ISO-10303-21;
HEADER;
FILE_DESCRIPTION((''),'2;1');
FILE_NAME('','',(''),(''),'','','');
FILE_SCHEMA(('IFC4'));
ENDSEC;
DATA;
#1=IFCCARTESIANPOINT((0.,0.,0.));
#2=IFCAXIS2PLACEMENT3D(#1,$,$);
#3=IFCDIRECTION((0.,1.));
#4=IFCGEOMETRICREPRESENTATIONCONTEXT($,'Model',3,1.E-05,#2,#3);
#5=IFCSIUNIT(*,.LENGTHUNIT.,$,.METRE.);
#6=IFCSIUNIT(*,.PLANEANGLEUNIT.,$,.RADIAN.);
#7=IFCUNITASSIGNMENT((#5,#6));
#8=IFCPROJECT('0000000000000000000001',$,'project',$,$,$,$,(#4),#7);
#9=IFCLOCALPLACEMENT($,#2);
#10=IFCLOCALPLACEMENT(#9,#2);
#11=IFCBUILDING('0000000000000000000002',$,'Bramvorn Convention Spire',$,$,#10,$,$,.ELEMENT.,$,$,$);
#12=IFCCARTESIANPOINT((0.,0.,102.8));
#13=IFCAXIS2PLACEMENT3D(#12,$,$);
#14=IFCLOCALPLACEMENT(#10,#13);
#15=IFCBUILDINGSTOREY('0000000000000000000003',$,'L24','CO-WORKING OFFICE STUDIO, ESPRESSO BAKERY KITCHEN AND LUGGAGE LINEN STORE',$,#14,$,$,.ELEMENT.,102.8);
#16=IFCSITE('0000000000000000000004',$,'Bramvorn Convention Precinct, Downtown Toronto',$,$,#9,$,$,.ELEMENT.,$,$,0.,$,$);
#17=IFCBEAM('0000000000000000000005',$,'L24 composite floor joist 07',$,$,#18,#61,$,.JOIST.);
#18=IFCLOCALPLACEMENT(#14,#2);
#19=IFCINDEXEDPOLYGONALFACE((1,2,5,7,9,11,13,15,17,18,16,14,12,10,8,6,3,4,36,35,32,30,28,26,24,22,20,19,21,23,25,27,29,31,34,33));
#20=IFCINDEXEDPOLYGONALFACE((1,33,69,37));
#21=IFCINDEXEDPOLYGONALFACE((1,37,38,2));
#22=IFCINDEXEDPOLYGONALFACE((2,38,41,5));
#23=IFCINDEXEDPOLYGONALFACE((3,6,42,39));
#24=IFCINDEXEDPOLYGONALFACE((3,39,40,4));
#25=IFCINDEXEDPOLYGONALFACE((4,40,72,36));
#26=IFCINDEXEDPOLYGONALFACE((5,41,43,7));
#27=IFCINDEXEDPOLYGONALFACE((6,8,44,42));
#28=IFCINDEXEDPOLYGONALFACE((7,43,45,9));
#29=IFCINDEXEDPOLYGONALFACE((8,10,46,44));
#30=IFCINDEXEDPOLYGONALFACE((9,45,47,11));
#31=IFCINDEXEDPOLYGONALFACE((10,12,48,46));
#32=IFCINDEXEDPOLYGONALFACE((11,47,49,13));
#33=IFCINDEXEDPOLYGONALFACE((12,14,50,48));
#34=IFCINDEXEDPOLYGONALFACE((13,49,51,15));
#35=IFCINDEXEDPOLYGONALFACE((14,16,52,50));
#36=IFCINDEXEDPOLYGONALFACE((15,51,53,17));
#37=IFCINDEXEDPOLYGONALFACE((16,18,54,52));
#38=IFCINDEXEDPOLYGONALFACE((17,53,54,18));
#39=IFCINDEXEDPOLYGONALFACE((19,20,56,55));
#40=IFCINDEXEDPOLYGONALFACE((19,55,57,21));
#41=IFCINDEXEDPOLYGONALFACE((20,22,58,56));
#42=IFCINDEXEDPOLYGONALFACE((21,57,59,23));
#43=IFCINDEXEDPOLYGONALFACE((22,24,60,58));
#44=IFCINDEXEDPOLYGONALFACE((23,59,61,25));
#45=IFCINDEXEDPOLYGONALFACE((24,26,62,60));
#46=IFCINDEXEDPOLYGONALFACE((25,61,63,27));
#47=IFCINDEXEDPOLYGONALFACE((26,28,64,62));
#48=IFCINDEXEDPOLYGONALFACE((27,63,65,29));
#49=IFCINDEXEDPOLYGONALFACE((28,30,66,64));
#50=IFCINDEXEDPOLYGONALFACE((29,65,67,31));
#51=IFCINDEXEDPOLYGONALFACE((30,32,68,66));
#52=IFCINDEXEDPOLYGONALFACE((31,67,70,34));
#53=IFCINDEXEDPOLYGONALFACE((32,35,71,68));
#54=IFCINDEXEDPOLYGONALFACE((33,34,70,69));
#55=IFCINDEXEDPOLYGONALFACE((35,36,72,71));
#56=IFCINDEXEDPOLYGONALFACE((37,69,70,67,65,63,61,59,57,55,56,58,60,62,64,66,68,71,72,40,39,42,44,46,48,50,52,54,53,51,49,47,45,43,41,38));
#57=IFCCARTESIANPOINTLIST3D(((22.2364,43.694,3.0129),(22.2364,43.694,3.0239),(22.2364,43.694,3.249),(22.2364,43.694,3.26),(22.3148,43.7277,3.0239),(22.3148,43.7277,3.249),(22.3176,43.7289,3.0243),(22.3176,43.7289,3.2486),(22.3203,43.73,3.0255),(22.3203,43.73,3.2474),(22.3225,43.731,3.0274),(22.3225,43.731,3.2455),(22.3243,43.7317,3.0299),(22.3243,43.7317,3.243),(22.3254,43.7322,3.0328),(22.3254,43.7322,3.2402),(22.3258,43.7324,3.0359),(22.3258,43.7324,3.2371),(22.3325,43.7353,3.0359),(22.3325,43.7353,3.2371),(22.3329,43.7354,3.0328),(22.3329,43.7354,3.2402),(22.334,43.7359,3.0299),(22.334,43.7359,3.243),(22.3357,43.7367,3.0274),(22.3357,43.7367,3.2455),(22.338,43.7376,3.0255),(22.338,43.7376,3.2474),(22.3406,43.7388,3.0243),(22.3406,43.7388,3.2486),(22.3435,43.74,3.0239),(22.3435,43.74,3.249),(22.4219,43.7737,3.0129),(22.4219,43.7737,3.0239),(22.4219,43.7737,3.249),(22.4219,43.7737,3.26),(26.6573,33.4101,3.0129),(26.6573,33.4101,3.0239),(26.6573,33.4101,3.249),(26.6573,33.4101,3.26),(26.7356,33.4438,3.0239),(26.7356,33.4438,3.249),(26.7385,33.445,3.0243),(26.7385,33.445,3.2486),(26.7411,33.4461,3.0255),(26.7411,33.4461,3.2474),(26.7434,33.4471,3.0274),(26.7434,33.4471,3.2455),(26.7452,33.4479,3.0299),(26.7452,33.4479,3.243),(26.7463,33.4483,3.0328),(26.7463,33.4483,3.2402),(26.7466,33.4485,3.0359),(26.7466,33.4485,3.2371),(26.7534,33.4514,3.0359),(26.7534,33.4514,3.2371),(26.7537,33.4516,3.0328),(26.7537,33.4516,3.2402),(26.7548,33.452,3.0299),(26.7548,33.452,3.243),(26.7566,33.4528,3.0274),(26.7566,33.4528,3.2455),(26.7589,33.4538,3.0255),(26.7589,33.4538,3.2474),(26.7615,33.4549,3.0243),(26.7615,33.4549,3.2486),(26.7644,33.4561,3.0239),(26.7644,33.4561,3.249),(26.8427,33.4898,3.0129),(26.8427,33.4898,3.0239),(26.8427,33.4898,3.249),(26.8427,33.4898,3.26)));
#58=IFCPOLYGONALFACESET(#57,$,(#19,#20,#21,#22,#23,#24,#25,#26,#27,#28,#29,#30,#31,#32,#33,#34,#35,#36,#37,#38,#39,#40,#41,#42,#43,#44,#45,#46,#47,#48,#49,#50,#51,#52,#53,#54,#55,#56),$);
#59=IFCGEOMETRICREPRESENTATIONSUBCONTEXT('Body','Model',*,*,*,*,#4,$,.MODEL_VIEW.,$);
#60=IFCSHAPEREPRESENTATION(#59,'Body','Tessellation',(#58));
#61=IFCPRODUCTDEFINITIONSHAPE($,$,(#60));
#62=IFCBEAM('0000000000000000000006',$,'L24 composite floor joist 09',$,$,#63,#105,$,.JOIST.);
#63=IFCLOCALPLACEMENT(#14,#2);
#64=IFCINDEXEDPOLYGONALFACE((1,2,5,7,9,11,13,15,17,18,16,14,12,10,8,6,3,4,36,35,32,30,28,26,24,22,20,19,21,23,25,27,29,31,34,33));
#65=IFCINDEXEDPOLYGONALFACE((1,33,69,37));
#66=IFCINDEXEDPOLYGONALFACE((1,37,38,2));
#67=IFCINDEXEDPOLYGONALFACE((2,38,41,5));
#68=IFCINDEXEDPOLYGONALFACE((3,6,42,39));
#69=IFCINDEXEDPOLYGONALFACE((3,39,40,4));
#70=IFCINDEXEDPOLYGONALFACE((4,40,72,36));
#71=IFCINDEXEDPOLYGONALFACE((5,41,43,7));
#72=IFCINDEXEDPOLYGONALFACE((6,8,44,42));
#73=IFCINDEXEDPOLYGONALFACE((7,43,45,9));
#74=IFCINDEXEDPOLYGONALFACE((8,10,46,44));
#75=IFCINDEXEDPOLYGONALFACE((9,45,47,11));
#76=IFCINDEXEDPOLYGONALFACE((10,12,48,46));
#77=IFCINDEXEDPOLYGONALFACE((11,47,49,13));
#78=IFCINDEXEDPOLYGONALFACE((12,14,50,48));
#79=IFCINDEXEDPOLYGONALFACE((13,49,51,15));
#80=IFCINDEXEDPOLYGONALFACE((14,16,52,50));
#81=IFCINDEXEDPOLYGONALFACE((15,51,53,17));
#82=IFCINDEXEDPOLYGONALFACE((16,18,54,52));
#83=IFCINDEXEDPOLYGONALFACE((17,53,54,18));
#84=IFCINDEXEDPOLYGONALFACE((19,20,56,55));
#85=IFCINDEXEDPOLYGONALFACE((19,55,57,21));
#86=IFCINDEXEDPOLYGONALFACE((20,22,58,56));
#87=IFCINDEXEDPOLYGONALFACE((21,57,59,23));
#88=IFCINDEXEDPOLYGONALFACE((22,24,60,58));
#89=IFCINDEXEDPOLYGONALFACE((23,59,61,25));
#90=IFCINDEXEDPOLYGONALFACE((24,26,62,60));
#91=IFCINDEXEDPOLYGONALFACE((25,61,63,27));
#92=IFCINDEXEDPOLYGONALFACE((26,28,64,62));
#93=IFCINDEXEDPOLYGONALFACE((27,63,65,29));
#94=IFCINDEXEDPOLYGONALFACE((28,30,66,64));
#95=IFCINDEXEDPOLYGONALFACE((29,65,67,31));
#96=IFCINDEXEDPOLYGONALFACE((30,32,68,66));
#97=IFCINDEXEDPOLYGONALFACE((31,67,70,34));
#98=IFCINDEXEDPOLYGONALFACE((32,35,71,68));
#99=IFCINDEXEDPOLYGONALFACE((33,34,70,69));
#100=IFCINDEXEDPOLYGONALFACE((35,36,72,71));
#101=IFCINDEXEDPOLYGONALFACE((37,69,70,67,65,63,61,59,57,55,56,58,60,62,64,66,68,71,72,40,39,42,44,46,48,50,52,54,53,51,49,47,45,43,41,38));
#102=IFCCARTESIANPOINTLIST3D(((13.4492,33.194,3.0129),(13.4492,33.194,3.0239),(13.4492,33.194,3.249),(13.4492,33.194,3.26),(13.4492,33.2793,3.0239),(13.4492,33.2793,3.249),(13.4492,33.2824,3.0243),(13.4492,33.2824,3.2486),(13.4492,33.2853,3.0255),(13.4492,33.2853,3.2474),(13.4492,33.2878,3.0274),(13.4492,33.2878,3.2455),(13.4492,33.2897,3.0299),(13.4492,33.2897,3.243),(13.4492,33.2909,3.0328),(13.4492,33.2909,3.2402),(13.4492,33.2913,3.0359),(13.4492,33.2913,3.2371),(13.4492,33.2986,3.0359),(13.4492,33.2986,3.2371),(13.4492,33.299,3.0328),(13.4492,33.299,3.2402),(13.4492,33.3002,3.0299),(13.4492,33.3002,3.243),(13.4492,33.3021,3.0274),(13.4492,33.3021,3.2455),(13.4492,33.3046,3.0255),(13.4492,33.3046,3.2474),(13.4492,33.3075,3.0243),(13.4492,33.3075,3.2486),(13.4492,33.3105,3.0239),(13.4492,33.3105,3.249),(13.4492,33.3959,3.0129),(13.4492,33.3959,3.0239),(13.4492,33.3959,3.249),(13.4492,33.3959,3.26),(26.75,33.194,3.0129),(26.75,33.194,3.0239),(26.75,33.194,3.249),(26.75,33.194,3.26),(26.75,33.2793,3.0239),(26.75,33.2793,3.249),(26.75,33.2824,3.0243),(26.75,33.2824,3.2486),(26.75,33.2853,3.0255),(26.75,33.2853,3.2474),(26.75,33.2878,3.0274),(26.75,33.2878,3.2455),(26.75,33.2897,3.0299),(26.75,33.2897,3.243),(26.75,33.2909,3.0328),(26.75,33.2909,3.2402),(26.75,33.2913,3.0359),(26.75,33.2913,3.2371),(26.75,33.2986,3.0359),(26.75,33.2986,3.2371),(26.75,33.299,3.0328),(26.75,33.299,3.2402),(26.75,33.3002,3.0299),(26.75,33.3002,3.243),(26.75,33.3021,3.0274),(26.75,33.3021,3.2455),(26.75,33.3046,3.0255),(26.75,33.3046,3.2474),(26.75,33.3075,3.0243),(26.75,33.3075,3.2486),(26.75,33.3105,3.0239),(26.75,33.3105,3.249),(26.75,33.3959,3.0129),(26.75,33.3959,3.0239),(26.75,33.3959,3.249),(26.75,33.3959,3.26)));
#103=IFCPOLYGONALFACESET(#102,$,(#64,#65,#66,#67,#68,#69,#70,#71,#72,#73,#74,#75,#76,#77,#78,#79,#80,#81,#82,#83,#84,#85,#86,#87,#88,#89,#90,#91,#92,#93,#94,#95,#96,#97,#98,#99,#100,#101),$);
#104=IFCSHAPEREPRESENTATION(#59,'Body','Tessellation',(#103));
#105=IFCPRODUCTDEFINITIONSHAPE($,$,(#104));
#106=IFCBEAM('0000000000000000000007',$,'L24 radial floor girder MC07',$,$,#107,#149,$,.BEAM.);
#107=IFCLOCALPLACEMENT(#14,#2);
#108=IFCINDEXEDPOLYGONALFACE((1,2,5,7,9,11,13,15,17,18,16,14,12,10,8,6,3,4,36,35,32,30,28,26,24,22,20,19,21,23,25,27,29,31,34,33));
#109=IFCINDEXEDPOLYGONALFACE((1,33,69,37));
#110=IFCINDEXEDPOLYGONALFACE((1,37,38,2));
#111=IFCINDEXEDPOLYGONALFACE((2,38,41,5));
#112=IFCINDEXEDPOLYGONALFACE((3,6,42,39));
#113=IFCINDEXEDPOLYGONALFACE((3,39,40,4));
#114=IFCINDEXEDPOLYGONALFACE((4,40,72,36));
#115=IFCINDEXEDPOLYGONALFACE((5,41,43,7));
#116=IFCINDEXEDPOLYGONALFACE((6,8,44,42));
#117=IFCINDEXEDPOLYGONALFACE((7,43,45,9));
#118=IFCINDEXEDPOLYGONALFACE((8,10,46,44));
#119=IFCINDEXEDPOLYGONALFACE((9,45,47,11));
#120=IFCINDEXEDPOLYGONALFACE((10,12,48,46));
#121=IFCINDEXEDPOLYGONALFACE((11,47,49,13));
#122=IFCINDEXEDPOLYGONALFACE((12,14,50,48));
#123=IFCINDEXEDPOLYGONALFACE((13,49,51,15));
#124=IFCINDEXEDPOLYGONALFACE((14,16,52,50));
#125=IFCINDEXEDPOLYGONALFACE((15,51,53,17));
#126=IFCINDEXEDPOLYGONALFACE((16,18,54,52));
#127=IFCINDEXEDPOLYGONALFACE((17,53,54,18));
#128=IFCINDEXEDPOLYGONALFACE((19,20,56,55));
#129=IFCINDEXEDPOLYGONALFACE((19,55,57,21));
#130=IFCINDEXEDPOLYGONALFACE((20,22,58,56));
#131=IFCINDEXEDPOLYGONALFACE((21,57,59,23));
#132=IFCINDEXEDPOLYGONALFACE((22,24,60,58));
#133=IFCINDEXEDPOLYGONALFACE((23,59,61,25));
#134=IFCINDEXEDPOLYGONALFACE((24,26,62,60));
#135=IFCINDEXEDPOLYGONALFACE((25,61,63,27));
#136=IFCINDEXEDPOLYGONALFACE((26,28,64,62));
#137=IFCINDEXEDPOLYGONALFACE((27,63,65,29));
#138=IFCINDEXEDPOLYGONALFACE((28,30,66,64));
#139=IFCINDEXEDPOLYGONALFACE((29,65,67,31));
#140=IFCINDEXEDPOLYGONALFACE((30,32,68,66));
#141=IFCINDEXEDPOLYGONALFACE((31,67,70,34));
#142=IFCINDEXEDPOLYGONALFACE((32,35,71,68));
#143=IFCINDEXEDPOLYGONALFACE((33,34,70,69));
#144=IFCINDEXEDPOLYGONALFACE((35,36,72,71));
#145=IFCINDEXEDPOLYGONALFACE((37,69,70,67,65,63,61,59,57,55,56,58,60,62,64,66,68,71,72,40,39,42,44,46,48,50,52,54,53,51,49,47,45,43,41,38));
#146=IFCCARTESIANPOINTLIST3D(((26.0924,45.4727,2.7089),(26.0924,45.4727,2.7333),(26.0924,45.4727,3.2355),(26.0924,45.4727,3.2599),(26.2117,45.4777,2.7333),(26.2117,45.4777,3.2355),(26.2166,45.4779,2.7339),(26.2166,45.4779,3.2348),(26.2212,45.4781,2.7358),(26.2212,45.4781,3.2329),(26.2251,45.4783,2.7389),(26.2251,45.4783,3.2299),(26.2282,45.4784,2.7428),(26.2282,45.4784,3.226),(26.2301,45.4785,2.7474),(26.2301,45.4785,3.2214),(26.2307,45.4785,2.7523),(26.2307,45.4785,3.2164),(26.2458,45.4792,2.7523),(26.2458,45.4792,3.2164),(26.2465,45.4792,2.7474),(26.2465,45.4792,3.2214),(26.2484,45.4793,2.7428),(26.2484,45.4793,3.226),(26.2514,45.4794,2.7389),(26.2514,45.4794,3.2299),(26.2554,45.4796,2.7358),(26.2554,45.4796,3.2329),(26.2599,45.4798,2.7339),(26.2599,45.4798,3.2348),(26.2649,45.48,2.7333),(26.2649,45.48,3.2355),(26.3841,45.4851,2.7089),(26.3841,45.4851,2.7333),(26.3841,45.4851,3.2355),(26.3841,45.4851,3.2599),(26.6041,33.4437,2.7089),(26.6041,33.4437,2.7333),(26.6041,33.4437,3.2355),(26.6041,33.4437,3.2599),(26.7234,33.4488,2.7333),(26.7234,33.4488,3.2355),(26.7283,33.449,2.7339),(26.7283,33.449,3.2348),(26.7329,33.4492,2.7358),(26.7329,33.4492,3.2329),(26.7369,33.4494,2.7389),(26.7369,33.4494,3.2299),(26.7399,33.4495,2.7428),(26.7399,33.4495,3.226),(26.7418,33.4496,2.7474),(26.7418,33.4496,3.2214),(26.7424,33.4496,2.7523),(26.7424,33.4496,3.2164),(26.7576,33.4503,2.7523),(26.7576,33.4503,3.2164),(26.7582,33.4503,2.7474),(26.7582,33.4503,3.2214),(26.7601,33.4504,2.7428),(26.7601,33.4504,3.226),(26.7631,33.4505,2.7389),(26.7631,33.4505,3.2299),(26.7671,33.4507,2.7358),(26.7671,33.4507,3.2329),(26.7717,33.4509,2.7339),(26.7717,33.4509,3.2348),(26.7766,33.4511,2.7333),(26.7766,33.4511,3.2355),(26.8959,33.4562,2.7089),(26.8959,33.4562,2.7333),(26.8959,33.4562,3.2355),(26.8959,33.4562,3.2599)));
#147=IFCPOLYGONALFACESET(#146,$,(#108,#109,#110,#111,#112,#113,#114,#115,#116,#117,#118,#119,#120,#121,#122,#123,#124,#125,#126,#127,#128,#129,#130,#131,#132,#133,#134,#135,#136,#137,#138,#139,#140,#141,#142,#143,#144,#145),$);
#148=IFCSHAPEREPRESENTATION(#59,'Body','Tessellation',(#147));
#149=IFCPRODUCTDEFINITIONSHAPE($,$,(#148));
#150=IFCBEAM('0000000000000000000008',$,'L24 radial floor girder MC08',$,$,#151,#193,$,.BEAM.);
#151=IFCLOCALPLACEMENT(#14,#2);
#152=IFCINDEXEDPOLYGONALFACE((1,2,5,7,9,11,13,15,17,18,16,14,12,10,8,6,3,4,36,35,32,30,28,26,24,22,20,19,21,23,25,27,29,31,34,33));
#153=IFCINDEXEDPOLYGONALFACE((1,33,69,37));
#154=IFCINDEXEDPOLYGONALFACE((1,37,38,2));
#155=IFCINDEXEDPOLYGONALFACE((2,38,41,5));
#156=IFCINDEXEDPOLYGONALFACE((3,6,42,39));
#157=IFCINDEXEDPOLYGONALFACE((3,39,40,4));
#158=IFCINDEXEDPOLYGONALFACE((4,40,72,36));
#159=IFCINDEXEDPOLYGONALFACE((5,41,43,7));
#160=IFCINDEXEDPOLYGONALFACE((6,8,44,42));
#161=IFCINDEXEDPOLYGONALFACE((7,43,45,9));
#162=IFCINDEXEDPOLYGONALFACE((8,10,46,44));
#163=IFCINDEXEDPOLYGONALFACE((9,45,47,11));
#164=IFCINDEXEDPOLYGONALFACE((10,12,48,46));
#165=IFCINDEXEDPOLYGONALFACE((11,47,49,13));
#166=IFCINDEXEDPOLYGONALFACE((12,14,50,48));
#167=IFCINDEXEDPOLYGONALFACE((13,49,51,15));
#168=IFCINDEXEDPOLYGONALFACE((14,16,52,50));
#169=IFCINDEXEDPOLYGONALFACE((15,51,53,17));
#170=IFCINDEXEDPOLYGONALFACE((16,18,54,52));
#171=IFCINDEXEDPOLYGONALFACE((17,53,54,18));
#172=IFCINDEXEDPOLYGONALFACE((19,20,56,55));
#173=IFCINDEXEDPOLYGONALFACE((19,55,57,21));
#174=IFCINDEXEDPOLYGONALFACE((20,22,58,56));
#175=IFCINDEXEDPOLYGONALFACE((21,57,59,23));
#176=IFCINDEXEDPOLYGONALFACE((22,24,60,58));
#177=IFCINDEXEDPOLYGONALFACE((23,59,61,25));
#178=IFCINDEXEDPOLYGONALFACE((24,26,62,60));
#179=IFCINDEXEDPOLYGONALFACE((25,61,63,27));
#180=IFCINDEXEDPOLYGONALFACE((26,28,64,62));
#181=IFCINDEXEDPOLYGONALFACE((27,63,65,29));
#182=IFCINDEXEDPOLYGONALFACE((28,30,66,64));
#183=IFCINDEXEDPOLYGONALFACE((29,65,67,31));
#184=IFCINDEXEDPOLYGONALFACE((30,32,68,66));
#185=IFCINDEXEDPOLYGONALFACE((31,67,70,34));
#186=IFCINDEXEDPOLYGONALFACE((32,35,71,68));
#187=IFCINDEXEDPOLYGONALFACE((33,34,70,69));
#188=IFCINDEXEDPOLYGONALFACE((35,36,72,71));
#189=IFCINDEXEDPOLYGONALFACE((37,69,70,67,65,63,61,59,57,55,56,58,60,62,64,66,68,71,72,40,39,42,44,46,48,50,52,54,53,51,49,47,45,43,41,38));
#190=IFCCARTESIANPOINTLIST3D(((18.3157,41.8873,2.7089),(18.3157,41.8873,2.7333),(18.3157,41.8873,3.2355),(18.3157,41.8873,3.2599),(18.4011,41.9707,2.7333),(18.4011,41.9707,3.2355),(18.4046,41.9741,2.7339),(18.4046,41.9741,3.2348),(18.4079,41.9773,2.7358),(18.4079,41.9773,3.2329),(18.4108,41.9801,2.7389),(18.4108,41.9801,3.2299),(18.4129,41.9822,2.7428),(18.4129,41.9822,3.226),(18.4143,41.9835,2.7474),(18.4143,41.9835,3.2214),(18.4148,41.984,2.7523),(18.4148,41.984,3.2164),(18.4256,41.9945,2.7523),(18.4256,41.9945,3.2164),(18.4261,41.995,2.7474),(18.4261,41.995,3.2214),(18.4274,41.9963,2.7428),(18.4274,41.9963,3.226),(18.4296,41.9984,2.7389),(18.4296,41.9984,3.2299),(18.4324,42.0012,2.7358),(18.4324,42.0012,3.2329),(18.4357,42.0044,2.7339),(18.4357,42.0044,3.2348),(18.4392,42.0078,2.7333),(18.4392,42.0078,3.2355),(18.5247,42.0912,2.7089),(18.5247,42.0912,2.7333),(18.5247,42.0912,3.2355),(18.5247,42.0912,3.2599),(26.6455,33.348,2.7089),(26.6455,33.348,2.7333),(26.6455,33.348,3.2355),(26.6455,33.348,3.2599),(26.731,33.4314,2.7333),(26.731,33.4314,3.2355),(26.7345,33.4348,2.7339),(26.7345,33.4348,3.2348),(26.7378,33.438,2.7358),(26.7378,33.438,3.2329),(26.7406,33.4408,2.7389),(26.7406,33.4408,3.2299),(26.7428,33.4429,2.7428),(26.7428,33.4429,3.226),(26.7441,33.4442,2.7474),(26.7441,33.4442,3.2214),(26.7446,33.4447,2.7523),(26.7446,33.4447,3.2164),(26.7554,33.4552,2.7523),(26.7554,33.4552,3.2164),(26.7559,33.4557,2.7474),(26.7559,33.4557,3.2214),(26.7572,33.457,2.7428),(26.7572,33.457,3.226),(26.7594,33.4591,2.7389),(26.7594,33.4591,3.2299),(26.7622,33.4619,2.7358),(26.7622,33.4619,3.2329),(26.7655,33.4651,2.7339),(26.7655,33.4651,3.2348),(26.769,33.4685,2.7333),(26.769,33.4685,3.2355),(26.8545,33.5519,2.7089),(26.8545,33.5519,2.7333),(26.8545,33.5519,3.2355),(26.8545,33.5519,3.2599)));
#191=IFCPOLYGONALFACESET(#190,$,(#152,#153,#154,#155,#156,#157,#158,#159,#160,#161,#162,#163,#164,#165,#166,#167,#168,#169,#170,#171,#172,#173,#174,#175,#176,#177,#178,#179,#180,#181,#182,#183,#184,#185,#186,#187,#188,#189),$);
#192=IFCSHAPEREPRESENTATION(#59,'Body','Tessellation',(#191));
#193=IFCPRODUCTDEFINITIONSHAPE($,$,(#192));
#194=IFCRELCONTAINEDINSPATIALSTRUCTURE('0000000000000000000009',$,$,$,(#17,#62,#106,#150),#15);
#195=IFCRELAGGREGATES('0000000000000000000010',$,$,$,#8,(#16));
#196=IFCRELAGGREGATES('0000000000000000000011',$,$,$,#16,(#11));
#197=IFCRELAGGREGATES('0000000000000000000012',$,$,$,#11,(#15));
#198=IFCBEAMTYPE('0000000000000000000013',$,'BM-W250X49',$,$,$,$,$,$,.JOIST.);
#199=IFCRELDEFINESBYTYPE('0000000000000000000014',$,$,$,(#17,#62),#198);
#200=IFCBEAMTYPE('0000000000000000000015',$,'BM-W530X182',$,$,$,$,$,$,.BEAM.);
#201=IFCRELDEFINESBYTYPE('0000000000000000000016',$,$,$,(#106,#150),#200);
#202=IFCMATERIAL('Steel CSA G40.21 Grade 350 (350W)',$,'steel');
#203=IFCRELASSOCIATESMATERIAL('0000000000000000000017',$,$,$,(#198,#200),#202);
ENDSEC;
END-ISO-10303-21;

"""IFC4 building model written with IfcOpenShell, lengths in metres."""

from ifc_helpers import new_model, si_unit, direction, frame, origin, origin_2d, place, context, subcontext, project, spatial, i_section, extrude, material, material_profile, profile_set, type_object, element, save


model = new_model("IFC4")

# Units and contexts
model_context = context("Model", 3, precision=1e-05, world=origin(), true_north=direction((0.0, 1.0)))
body_context = subcontext(model_context, "Body", "Model", "MODEL_VIEW")
ifc_project = project(units=[si_unit("LENGTHUNIT", "METRE"), si_unit("PLANEANGLEUNIT", "RADIAN")], contexts=[model_context])

# Site, building, storey
site_placement = place(None, origin())
site = spatial("IfcSite", under=ifc_project, at=site_placement, Name="Bramvorn Convention Precinct, Downtown Toronto", CompositionType="ELEMENT", RefElevation=0.0)
building_placement = place(site_placement, origin())
building = spatial("IfcBuilding", under=site, at=building_placement, Name="Bramvorn Convention Spire", CompositionType="ELEMENT")
storey_placement = place(building_placement, frame((0.0, 0.0, 102.8)))
storey = spatial("IfcBuildingStorey", under=building, at=storey_placement, Name="L24", Description="CO-WORKING OFFICE STUDIO, ESPRESSO BAKERY KITCHEN AND LUGGAGE LINEN STORE", CompositionType="ELEMENT", Elevation=102.8)

# Beams
ifc_material_1 = material(Name="Steel CSA G40.21 Grade 350 (350W)", Category="steel")
ifc_material_profile_1 = material_profile(ifc_material_1, i_section(OverallWidth=0.2019, OverallDepth=0.2471, WebThickness=0.0073, FlangeThickness=0.011, FilletRadius=0.012, at=origin_2d()))
ifc_profile_set_1 = profile_set([ifc_material_profile_1], Name="Steel CSA G40.21 Grade 350 (350W) - W250X49")
beam_type_1 = type_object("IfcBeamType", Name="BM-W250X49", PredefinedType="JOIST", material=ifc_profile_set_1)
beam_1_placement = place(storey_placement, frame((26.75, 33.45, 3.1365), z_axis=(-0.394938, 0.918708, 0.0), x_axis=(-0.918708, -0.394938, 0.0)))
element("IfcBeam", 1, at=beam_1_placement, inside=storey, type_object=beam_type_1, Name="L24 composite floor joist 07", PredefinedType="JOIST", context=body_context, shape_type="SweptSolid", body=[
    extrude(i_section(OverallWidth=0.2019, OverallDepth=0.2471, WebThickness=0.0073, FlangeThickness=0.011, FilletRadius=0.012, at=origin_2d()), origin(), (0.0, 0.0, 1.0), 11.1938),
])
beam_2_placement = place(storey_placement, frame((26.75, 33.2949, 3.1365), z_axis=(-1.0, 0.0, 0.0), x_axis=(0.0, -1.0, 0.0)))
element("IfcBeam", 2, at=beam_2_placement, inside=storey, type_object=beam_type_1, Name="L24 composite floor joist 09", PredefinedType="JOIST", context=body_context, shape_type="SweptSolid", body=[
    extrude(i_section(OverallWidth=0.2019, OverallDepth=0.2471, WebThickness=0.0073, FlangeThickness=0.011, FilletRadius=0.012, at=origin_2d()), origin(), (0.0, 0.0, 1.0), 13.3008),
])
ifc_material_profile_2 = material_profile(ifc_material_1, i_section(OverallWidth=0.292, OverallDepth=0.551, WebThickness=0.0151, FlangeThickness=0.0244, FilletRadius=0.019, at=origin_2d()))
ifc_profile_set_2 = profile_set([ifc_material_profile_2], Name="Steel CSA G40.21 Grade 350 (350W) - W530X182")
beam_type_2 = type_object("IfcBeamType", Name="BM-W530X182", PredefinedType="BEAM", material=ifc_profile_set_2)
beam_3_placement = place(storey_placement, frame((26.75, 33.45, 2.9844), z_axis=(-0.042503, 0.999096, 0.0), x_axis=(-0.999096, -0.042503, 0.0)))
element("IfcBeam", 3, at=beam_3_placement, inside=storey, type_object=beam_type_2, Name="L24 radial floor girder MC07", PredefinedType="BEAM", context=body_context, shape_type="SweptSolid", body=[
    extrude(i_section(OverallWidth=0.292, OverallDepth=0.551, WebThickness=0.0151, FlangeThickness=0.0244, FilletRadius=0.019, at=origin_2d()), origin(), (0.0, 0.0, 1.0), 12.0398),
])
beam_4_placement = place(storey_placement, frame((26.75, 33.45, 2.9844), z_axis=(-0.698272, 0.715832, 0.0), x_axis=(-0.715832, -0.698272, 0.0)))
element("IfcBeam", 4, at=beam_4_placement, inside=storey, type_object=beam_type_2, Name="L24 radial floor girder MC08", PredefinedType="BEAM", context=body_context, shape_type="SweptSolid", body=[
    extrude(i_section(OverallWidth=0.292, OverallDepth=0.551, WebThickness=0.0151, FlangeThickness=0.0244, FilletRadius=0.019, at=origin_2d()), origin(), (0.0, 0.0, 1.0), 11.9292),
])

save(model, "model.ifc")
